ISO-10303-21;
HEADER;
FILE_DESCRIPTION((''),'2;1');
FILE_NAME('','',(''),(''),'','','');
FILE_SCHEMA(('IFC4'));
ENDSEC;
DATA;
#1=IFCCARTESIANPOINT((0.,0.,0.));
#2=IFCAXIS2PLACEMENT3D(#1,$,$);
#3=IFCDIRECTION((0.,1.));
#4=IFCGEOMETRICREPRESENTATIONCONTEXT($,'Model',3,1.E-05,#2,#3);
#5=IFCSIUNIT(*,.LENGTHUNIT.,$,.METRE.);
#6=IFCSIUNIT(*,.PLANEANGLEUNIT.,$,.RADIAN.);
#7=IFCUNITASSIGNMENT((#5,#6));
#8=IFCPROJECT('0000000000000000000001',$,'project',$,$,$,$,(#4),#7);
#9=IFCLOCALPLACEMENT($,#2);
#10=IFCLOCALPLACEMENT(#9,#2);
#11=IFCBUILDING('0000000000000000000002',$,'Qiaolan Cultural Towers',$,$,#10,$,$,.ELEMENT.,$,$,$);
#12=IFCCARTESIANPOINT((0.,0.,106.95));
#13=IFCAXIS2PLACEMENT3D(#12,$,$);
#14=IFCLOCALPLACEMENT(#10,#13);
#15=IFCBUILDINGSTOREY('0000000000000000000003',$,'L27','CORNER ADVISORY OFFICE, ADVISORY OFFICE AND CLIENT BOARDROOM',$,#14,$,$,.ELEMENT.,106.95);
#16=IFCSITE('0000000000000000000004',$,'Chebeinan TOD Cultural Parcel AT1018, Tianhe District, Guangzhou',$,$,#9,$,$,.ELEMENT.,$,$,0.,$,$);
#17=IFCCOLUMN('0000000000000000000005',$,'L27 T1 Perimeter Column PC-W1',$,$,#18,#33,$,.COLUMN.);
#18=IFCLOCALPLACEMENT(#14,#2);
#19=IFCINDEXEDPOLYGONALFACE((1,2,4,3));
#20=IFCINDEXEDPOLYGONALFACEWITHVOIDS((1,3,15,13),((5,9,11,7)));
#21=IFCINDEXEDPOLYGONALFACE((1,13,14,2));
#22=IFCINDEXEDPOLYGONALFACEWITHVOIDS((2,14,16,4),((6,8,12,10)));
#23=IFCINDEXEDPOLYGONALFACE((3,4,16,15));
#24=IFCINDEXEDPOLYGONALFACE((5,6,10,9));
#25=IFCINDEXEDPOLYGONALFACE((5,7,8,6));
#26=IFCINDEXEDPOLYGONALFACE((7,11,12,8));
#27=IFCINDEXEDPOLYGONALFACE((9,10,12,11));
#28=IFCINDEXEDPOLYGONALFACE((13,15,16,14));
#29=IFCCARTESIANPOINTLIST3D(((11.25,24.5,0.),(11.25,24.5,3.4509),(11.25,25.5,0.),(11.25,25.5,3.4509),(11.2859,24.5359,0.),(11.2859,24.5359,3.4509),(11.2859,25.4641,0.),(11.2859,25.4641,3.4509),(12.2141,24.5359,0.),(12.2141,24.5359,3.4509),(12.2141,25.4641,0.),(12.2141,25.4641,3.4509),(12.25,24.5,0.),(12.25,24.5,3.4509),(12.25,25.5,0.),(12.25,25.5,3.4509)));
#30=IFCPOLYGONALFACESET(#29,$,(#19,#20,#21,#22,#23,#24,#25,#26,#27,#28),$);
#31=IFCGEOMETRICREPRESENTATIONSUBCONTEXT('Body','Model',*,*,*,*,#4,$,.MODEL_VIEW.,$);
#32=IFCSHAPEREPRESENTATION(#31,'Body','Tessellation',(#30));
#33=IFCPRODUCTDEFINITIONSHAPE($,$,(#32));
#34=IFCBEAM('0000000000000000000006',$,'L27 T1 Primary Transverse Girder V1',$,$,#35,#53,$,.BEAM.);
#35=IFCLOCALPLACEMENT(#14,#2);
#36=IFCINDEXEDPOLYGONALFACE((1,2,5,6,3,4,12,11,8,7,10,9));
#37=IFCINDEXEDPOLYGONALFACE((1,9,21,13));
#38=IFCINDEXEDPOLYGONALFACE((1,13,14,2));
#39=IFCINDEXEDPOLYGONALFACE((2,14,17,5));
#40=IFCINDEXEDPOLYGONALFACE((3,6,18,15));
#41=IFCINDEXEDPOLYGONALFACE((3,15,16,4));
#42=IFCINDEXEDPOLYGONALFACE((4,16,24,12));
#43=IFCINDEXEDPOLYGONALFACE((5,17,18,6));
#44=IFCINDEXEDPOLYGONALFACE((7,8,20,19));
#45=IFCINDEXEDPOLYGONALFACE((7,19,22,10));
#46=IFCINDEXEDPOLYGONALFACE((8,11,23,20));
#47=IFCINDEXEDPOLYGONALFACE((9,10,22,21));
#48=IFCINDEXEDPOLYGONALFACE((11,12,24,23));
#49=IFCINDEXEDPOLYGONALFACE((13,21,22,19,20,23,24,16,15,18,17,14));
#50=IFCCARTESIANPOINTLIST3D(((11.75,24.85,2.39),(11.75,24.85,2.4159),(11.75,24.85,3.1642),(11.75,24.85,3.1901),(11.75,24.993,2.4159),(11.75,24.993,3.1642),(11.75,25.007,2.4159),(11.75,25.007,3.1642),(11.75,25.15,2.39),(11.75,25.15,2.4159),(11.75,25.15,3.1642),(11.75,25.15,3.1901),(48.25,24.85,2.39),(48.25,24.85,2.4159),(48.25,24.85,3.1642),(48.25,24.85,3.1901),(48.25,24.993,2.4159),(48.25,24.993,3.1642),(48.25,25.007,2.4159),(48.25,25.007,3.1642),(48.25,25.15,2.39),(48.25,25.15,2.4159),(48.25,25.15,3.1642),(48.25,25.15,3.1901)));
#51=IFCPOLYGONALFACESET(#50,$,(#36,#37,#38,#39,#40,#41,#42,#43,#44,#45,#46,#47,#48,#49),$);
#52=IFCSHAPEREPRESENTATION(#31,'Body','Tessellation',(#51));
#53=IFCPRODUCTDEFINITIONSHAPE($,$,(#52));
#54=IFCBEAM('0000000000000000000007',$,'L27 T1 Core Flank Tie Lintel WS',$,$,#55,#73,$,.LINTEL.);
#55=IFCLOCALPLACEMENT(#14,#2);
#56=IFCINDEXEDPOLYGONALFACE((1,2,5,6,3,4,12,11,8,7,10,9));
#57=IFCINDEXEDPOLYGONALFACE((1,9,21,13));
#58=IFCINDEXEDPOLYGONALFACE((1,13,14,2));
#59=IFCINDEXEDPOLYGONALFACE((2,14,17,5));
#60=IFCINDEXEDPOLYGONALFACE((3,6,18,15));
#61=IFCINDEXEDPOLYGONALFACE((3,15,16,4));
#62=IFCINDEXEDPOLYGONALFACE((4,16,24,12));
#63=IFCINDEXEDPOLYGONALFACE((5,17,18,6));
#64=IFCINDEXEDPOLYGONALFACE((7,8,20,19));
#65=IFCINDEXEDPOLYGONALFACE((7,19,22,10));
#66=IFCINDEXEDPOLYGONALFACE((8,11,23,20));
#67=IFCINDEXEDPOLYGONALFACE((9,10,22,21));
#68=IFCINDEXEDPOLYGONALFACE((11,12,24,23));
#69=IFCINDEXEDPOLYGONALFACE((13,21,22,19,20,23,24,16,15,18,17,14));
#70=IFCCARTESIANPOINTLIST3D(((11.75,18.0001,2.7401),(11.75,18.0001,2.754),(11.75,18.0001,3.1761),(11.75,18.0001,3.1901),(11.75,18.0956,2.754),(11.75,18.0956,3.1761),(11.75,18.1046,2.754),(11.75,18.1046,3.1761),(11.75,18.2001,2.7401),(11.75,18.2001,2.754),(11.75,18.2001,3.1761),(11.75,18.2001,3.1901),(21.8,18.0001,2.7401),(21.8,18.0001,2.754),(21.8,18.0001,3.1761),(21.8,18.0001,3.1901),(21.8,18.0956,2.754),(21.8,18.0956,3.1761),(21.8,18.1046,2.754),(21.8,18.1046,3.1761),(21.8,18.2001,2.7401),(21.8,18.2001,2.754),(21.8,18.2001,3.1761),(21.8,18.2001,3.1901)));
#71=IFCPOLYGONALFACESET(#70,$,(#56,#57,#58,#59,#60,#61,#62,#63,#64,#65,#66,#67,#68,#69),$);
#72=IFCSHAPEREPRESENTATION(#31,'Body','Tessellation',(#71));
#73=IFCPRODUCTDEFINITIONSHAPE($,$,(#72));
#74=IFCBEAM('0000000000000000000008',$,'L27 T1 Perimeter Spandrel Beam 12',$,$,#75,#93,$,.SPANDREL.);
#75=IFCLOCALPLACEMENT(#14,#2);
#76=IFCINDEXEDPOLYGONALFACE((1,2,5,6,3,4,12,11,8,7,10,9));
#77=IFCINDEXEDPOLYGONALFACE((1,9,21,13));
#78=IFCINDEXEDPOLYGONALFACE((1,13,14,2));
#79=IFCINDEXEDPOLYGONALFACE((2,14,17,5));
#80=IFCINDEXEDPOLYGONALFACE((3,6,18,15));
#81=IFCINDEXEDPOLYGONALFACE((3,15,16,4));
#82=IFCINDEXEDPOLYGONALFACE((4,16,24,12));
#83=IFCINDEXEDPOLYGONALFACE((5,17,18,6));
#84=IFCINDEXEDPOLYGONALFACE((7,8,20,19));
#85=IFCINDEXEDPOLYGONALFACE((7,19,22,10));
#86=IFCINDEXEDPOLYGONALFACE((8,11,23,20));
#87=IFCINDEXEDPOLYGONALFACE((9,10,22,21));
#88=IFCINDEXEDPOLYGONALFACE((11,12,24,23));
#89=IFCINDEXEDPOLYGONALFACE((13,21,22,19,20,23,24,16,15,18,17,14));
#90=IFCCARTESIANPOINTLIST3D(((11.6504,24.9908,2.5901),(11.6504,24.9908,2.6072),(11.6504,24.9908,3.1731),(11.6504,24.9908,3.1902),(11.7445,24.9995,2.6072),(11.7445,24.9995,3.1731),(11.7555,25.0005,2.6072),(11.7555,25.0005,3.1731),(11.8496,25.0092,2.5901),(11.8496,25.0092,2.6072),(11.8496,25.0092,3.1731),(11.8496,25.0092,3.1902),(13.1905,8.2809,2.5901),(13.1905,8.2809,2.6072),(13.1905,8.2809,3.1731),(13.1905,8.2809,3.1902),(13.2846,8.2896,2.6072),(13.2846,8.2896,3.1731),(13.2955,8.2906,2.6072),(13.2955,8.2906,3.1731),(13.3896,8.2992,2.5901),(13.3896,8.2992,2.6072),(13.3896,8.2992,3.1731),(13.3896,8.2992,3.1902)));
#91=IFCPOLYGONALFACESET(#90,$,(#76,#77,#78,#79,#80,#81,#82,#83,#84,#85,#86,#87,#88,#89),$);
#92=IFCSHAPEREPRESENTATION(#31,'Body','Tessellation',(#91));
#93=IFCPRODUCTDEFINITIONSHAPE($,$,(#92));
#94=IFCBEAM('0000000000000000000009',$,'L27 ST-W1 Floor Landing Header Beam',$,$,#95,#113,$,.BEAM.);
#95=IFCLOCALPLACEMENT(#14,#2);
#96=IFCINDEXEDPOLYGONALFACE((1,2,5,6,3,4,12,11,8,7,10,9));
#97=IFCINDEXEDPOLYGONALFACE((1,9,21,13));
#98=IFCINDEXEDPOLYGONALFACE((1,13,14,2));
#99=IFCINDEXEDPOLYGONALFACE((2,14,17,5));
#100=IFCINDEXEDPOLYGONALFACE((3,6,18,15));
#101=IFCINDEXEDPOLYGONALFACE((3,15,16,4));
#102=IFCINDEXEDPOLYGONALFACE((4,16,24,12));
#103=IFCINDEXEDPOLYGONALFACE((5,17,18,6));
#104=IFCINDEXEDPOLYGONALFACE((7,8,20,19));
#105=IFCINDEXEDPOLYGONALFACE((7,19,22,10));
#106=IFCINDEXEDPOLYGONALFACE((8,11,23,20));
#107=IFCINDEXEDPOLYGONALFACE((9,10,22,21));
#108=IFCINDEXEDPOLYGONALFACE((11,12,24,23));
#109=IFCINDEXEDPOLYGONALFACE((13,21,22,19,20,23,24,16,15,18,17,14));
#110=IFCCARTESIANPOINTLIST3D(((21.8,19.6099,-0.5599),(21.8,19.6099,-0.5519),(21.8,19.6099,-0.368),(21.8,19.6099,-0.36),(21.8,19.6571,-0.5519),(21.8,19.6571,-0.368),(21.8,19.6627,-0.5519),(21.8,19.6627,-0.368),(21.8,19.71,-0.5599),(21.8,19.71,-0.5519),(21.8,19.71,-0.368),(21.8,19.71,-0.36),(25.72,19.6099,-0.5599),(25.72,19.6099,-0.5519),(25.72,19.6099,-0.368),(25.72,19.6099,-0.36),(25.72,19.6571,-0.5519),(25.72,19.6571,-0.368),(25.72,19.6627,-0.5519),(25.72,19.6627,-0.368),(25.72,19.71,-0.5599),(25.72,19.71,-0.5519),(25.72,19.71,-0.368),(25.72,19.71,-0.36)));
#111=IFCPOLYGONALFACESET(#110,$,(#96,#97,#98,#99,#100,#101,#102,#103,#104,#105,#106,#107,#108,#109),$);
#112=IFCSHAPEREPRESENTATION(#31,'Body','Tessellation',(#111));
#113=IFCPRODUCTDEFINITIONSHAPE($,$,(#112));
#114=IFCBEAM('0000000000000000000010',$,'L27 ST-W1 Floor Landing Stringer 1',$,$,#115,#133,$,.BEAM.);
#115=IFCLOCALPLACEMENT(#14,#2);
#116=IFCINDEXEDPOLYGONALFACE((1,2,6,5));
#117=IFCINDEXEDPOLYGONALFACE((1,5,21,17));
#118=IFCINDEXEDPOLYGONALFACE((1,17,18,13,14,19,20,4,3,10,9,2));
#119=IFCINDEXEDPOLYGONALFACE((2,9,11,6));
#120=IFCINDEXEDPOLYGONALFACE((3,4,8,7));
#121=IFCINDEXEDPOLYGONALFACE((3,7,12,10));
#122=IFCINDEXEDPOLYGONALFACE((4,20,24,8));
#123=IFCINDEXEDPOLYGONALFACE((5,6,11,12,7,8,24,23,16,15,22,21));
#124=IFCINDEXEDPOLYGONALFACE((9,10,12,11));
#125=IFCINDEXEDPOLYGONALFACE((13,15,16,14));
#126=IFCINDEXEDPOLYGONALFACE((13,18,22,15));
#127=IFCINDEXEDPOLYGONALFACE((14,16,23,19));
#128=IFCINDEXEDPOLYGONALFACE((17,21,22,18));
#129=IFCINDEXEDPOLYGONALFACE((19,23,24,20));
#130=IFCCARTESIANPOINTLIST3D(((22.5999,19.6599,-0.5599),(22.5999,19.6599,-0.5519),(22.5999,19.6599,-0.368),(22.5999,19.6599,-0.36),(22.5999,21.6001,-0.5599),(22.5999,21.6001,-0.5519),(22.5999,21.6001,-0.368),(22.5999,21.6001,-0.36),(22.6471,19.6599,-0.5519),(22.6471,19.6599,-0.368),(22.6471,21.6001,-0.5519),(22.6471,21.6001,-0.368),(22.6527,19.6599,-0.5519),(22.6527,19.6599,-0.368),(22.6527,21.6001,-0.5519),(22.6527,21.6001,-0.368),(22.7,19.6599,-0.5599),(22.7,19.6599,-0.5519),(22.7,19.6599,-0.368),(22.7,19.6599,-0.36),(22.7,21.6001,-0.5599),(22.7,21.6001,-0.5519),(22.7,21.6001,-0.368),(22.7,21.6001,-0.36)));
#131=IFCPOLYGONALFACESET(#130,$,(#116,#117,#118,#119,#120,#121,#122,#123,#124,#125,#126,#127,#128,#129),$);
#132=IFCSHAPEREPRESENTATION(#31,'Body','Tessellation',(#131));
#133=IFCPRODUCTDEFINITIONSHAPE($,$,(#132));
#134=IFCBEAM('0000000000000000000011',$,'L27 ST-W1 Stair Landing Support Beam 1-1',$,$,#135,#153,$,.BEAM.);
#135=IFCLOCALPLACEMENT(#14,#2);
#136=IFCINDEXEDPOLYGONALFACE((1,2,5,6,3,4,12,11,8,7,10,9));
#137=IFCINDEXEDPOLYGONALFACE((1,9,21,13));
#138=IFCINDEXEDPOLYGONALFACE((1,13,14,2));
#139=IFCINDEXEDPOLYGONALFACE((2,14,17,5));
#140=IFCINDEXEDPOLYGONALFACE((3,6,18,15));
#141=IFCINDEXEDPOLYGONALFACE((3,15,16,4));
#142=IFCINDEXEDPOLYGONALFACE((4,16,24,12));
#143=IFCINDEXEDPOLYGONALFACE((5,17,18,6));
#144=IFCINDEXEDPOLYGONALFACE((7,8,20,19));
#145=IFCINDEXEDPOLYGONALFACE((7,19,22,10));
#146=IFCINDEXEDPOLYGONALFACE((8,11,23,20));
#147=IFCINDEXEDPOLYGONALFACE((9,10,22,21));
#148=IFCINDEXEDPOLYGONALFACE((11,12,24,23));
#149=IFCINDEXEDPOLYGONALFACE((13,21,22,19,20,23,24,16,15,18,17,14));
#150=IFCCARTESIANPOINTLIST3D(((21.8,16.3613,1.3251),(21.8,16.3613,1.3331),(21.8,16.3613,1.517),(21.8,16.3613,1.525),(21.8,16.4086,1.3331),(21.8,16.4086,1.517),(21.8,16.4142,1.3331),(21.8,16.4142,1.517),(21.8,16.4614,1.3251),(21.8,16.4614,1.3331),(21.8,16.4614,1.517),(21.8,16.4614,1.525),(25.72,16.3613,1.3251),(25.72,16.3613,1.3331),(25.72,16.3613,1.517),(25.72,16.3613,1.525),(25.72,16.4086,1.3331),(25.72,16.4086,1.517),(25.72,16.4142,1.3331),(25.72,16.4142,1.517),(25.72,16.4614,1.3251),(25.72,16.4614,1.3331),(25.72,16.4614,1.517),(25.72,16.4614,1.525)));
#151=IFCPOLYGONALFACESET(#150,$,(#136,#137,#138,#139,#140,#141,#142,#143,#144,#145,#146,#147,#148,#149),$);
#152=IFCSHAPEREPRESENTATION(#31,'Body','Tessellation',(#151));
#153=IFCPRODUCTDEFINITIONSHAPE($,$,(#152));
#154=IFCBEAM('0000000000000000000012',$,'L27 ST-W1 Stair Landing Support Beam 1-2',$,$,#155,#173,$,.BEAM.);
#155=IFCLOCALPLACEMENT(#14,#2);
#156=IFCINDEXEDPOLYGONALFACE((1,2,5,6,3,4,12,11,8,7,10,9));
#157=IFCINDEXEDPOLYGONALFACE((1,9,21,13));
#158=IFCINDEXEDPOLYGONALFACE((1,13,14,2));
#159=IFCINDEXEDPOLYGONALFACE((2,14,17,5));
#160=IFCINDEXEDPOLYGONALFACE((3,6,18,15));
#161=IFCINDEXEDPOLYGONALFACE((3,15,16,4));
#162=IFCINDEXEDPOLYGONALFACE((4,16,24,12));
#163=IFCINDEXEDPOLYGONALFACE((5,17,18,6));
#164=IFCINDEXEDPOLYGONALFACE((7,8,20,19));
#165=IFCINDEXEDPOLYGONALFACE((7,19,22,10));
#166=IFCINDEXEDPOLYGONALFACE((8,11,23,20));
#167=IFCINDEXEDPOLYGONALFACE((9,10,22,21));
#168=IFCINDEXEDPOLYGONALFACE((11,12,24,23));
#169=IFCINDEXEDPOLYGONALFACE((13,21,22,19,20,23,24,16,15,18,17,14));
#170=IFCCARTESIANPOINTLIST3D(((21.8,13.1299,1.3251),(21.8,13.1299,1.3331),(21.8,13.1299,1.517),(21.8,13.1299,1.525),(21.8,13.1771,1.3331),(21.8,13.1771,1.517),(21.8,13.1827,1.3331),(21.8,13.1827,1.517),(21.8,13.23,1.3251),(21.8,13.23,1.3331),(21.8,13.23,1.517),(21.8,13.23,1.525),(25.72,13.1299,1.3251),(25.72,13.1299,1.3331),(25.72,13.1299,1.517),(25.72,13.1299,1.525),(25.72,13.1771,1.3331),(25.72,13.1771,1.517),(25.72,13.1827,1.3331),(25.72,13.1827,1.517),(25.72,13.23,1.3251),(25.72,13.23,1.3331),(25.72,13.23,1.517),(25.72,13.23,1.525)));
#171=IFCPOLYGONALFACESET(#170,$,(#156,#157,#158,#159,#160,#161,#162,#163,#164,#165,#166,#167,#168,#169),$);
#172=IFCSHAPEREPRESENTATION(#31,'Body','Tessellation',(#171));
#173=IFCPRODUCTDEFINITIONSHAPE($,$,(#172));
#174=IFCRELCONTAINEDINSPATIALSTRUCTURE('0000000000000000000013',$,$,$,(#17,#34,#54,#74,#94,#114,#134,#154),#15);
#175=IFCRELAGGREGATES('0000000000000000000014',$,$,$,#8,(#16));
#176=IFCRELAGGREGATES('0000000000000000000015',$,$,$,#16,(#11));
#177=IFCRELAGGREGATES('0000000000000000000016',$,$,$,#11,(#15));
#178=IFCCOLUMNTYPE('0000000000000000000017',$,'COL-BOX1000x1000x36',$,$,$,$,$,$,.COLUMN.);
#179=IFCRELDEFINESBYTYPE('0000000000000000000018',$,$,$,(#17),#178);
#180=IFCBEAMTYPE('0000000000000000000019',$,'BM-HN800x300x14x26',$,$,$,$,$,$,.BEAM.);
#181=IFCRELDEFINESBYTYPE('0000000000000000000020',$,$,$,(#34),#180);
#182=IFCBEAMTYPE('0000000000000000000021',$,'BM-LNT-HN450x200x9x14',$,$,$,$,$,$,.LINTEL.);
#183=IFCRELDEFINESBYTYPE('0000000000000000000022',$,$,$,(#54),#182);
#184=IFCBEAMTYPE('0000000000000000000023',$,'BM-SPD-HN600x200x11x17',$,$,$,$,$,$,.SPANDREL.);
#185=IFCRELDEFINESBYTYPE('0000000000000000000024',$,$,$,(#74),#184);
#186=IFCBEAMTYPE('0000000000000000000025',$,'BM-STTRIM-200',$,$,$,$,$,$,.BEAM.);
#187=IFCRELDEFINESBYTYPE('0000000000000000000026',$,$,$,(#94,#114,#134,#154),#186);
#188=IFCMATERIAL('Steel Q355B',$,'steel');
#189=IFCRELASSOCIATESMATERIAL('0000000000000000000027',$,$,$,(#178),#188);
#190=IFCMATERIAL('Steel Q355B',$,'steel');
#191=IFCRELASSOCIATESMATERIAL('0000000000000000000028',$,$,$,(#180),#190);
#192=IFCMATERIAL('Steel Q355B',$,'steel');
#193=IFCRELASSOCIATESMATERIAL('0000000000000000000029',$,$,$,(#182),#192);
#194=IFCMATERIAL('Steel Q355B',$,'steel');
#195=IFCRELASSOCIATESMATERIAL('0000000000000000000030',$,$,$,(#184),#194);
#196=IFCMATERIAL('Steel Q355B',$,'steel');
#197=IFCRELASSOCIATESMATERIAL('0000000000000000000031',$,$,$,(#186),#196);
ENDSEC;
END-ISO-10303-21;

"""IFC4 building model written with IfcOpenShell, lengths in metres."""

from ifc_helpers import new_model, si_unit, direction, frame, origin, origin_2d, place, context, subcontext, project, spatial, hollow_rectangle, i_section, extrude, material, material_profile, profile_set, type_object, element, save


model = new_model("IFC4")

# Units and contexts
model_context = context("Model", 3, precision=1e-05, world=origin(), true_north=direction((0.0, 1.0)))
body_context = subcontext(model_context, "Body", "Model", "MODEL_VIEW")
ifc_project = project(units=[si_unit("LENGTHUNIT", "METRE"), si_unit("PLANEANGLEUNIT", "RADIAN")], contexts=[model_context])

# Site, building, storey
site_placement = place(None, origin())
site = spatial("IfcSite", under=ifc_project, at=site_placement, Name="Chebeinan TOD Cultural Parcel AT1018, Tianhe District, Guangzhou", CompositionType="ELEMENT", RefElevation=0.0)
building_placement = place(site_placement, origin())
building = spatial("IfcBuilding", under=site, at=building_placement, Name="Qiaolan Cultural Towers", CompositionType="ELEMENT")
storey_placement = place(building_placement, frame((0.0, 0.0, 106.95)))
storey = spatial("IfcBuildingStorey", under=building, at=storey_placement, Name="L27", Description="CORNER ADVISORY OFFICE, ADVISORY OFFICE AND CLIENT BOARDROOM", CompositionType="ELEMENT", Elevation=106.95)

# Column
ifc_material_1 = material(Name="Steel Q355B", Category="steel")
ifc_material_profile_1 = material_profile(ifc_material_1, hollow_rectangle(XDim=1.0, YDim=1.0, WallThickness=0.0359, at=origin_2d()), Name="BOX1000x1000x36")
ifc_profile_set_1 = profile_set([ifc_material_profile_1], Name="Steel Q355B")
column_type = type_object("IfcColumnType", Name="COL-BOX1000x1000x36", PredefinedType="COLUMN", material=ifc_profile_set_1)
column_placement = place(storey_placement, frame((11.75, 25.0, 0.0), z_axis=(0.0, 0.0, 1.0), x_axis=(1.0, 0.0, 0.0)))
element("IfcColumn", 1, at=column_placement, inside=storey, type_object=column_type, Name="L27 T1 Perimeter Column PC-W1", PredefinedType="COLUMN", context=body_context, shape_type="SweptSolid", body=[
    extrude(hollow_rectangle(XDim=1.0, YDim=1.0, WallThickness=0.0359, at=origin_2d()), origin(), (0.0, 0.0, 1.0), 3.4509),
])

# Beams
ifc_material_2 = material(Name="Steel Q355B", Category="steel")
ifc_material_profile_2 = material_profile(ifc_material_2, i_section(OverallWidth=0.3, OverallDepth=0.8, WebThickness=0.0139, FlangeThickness=0.0259, at=origin_2d()), Name="HN800x300x14x26")
ifc_profile_set_2 = profile_set([ifc_material_profile_2], Name="Steel Q355B")
beam_type_1 = type_object("IfcBeamType", Name="BM-HN800x300x14x26", PredefinedType="BEAM", material=ifc_profile_set_2)
beam_1_placement = place(storey_placement, frame((11.75, 25.0, 2.79), z_axis=(1.0, 0.0, 0.0), x_axis=(0.0, 1.0, 0.0)))
element("IfcBeam", 2, at=beam_1_placement, inside=storey, type_object=beam_type_1, Name="L27 T1 Primary Transverse Girder V1", PredefinedType="BEAM", context=body_context, shape_type="SweptSolid", body=[
    extrude(i_section(OverallWidth=0.3, OverallDepth=0.8, WebThickness=0.0139, FlangeThickness=0.0259, at=origin_2d()), origin(), (0.0, 0.0, 1.0), 36.5),
])
ifc_material_3 = material(Name="Steel Q355B", Category="steel")
ifc_material_profile_3 = material_profile(ifc_material_3, i_section(OverallWidth=0.2, OverallDepth=0.45, WebThickness=0.009, FlangeThickness=0.0139, at=origin_2d()), Name="HN450x200x9x14")
ifc_profile_set_3 = profile_set([ifc_material_profile_3], Name="Steel Q355B")
beam_type_2 = type_object("IfcBeamType", Name="BM-LNT-HN450x200x9x14", PredefinedType="LINTEL", material=ifc_profile_set_3)
beam_2_placement = place(storey_placement, frame((21.8, 18.1001, 2.9651), z_axis=(-1.0, 0.0, 0.0), x_axis=(0.0, -1.0, 0.0)))
element("IfcBeam", 3, at=beam_2_placement, inside=storey, type_object=beam_type_2, Name="L27 T1 Core Flank Tie Lintel WS", PredefinedType="LINTEL", context=body_context, shape_type="SweptSolid", body=[
    extrude(i_section(OverallWidth=0.2, OverallDepth=0.45, WebThickness=0.009, FlangeThickness=0.0139, at=origin_2d()), origin(), (0.0, 0.0, 1.0), 10.05),
])
ifc_material_4 = material(Name="Steel Q355B", Category="steel")
ifc_material_profile_4 = material_profile(ifc_material_4, i_section(OverallWidth=0.2, OverallDepth=0.6001, WebThickness=0.011, FlangeThickness=0.0171, at=origin_2d()), Name="HN600x200x11x17")
ifc_profile_set_4 = profile_set([ifc_material_profile_4], Name="Steel Q355B")
beam_type_3 = type_object("IfcBeamType", Name="BM-SPD-HN600x200x11x17", PredefinedType="SPANDREL", material=ifc_profile_set_4)
beam_3_placement = place(storey_placement, frame((11.75, 25.0, 2.8901), z_axis=(0.091774, -0.99578, 0.0), x_axis=(0.99578, 0.091774, 0.0)))
element("IfcBeam", 4, at=beam_3_placement, inside=storey, type_object=beam_type_3, Name="L27 T1 Perimeter Spandrel Beam 12", PredefinedType="SPANDREL", context=body_context, shape_type="SweptSolid", body=[
    extrude(i_section(OverallWidth=0.2, OverallDepth=0.6001, WebThickness=0.011, FlangeThickness=0.0171, at=origin_2d()), origin(), (0.0, 0.0, 1.0), 16.7808),
])
ifc_material_5 = material(Name="Steel Q355B", Category="steel")
ifc_material_profile_5 = material_profile(ifc_material_5, i_section(OverallWidth=0.1001, OverallDepth=0.2, WebThickness=0.0056, FlangeThickness=0.0081, at=origin_2d()), Name="HN200x100x5.5x8")
ifc_profile_set_5 = profile_set([ifc_material_profile_5], Name="Steel Q355B")
beam_type_4 = type_object("IfcBeamType", Name="BM-STTRIM-200", PredefinedType="BEAM", material=ifc_profile_set_5)
beam_4_placement = place(storey_placement, frame((21.8, 19.6599, -0.46), z_axis=(1.0, 0.0, 0.0), x_axis=(0.0, 1.0, 0.0)))
element("IfcBeam", 5, at=beam_4_placement, inside=storey, type_object=beam_type_4, Name="L27 ST-W1 Floor Landing Header Beam", PredefinedType="BEAM", context=body_context, shape_type="SweptSolid", body=[
    extrude(i_section(OverallWidth=0.1001, OverallDepth=0.2, WebThickness=0.0056, FlangeThickness=0.0081, at=origin_2d()), origin(), (0.0, 0.0, 1.0), 3.9199),
])
beam_5_placement = place(storey_placement, frame((22.6499, 21.6001, -0.46), z_axis=(0.0, -1.0, 0.0), x_axis=(1.0, 0.0, 0.0)))
element("IfcBeam", 6, at=beam_5_placement, inside=storey, type_object=beam_type_4, Name="L27 ST-W1 Floor Landing Stringer 1", PredefinedType="BEAM", context=body_context, shape_type="SweptSolid", body=[
    extrude(i_section(OverallWidth=0.1001, OverallDepth=0.2, WebThickness=0.0056, FlangeThickness=0.0081, at=origin_2d()), origin(), (0.0, 0.0, 1.0), 1.9402),
])
for number, where, z_axis, x_axis, name in (
    (7, (21.8, 16.4114, 1.425), (1.0, 0.0, 0.0), (0.0, 1.0, 0.0), "L27 ST-W1 Stair Landing Support Beam 1-1"),
    (8, (21.8, 13.1799, 1.425), (1.0, 0.0, 0.0), (0.0, 1.0, 0.0), "L27 ST-W1 Stair Landing Support Beam 1-2"),
):
    element("IfcBeam", number, at=place(storey_placement, frame(where, z_axis=z_axis, x_axis=x_axis)), inside=storey, type_object=beam_type_4, Name=name, PredefinedType="BEAM", context=body_context, shape_type="SweptSolid", body=[
        extrude(i_section(OverallWidth=0.1001, OverallDepth=0.2, WebThickness=0.0056, FlangeThickness=0.0081, at=origin_2d()), origin(), (0.0, 0.0, 1.0), 3.9199),
    ])

save(model, "model.ifc")
